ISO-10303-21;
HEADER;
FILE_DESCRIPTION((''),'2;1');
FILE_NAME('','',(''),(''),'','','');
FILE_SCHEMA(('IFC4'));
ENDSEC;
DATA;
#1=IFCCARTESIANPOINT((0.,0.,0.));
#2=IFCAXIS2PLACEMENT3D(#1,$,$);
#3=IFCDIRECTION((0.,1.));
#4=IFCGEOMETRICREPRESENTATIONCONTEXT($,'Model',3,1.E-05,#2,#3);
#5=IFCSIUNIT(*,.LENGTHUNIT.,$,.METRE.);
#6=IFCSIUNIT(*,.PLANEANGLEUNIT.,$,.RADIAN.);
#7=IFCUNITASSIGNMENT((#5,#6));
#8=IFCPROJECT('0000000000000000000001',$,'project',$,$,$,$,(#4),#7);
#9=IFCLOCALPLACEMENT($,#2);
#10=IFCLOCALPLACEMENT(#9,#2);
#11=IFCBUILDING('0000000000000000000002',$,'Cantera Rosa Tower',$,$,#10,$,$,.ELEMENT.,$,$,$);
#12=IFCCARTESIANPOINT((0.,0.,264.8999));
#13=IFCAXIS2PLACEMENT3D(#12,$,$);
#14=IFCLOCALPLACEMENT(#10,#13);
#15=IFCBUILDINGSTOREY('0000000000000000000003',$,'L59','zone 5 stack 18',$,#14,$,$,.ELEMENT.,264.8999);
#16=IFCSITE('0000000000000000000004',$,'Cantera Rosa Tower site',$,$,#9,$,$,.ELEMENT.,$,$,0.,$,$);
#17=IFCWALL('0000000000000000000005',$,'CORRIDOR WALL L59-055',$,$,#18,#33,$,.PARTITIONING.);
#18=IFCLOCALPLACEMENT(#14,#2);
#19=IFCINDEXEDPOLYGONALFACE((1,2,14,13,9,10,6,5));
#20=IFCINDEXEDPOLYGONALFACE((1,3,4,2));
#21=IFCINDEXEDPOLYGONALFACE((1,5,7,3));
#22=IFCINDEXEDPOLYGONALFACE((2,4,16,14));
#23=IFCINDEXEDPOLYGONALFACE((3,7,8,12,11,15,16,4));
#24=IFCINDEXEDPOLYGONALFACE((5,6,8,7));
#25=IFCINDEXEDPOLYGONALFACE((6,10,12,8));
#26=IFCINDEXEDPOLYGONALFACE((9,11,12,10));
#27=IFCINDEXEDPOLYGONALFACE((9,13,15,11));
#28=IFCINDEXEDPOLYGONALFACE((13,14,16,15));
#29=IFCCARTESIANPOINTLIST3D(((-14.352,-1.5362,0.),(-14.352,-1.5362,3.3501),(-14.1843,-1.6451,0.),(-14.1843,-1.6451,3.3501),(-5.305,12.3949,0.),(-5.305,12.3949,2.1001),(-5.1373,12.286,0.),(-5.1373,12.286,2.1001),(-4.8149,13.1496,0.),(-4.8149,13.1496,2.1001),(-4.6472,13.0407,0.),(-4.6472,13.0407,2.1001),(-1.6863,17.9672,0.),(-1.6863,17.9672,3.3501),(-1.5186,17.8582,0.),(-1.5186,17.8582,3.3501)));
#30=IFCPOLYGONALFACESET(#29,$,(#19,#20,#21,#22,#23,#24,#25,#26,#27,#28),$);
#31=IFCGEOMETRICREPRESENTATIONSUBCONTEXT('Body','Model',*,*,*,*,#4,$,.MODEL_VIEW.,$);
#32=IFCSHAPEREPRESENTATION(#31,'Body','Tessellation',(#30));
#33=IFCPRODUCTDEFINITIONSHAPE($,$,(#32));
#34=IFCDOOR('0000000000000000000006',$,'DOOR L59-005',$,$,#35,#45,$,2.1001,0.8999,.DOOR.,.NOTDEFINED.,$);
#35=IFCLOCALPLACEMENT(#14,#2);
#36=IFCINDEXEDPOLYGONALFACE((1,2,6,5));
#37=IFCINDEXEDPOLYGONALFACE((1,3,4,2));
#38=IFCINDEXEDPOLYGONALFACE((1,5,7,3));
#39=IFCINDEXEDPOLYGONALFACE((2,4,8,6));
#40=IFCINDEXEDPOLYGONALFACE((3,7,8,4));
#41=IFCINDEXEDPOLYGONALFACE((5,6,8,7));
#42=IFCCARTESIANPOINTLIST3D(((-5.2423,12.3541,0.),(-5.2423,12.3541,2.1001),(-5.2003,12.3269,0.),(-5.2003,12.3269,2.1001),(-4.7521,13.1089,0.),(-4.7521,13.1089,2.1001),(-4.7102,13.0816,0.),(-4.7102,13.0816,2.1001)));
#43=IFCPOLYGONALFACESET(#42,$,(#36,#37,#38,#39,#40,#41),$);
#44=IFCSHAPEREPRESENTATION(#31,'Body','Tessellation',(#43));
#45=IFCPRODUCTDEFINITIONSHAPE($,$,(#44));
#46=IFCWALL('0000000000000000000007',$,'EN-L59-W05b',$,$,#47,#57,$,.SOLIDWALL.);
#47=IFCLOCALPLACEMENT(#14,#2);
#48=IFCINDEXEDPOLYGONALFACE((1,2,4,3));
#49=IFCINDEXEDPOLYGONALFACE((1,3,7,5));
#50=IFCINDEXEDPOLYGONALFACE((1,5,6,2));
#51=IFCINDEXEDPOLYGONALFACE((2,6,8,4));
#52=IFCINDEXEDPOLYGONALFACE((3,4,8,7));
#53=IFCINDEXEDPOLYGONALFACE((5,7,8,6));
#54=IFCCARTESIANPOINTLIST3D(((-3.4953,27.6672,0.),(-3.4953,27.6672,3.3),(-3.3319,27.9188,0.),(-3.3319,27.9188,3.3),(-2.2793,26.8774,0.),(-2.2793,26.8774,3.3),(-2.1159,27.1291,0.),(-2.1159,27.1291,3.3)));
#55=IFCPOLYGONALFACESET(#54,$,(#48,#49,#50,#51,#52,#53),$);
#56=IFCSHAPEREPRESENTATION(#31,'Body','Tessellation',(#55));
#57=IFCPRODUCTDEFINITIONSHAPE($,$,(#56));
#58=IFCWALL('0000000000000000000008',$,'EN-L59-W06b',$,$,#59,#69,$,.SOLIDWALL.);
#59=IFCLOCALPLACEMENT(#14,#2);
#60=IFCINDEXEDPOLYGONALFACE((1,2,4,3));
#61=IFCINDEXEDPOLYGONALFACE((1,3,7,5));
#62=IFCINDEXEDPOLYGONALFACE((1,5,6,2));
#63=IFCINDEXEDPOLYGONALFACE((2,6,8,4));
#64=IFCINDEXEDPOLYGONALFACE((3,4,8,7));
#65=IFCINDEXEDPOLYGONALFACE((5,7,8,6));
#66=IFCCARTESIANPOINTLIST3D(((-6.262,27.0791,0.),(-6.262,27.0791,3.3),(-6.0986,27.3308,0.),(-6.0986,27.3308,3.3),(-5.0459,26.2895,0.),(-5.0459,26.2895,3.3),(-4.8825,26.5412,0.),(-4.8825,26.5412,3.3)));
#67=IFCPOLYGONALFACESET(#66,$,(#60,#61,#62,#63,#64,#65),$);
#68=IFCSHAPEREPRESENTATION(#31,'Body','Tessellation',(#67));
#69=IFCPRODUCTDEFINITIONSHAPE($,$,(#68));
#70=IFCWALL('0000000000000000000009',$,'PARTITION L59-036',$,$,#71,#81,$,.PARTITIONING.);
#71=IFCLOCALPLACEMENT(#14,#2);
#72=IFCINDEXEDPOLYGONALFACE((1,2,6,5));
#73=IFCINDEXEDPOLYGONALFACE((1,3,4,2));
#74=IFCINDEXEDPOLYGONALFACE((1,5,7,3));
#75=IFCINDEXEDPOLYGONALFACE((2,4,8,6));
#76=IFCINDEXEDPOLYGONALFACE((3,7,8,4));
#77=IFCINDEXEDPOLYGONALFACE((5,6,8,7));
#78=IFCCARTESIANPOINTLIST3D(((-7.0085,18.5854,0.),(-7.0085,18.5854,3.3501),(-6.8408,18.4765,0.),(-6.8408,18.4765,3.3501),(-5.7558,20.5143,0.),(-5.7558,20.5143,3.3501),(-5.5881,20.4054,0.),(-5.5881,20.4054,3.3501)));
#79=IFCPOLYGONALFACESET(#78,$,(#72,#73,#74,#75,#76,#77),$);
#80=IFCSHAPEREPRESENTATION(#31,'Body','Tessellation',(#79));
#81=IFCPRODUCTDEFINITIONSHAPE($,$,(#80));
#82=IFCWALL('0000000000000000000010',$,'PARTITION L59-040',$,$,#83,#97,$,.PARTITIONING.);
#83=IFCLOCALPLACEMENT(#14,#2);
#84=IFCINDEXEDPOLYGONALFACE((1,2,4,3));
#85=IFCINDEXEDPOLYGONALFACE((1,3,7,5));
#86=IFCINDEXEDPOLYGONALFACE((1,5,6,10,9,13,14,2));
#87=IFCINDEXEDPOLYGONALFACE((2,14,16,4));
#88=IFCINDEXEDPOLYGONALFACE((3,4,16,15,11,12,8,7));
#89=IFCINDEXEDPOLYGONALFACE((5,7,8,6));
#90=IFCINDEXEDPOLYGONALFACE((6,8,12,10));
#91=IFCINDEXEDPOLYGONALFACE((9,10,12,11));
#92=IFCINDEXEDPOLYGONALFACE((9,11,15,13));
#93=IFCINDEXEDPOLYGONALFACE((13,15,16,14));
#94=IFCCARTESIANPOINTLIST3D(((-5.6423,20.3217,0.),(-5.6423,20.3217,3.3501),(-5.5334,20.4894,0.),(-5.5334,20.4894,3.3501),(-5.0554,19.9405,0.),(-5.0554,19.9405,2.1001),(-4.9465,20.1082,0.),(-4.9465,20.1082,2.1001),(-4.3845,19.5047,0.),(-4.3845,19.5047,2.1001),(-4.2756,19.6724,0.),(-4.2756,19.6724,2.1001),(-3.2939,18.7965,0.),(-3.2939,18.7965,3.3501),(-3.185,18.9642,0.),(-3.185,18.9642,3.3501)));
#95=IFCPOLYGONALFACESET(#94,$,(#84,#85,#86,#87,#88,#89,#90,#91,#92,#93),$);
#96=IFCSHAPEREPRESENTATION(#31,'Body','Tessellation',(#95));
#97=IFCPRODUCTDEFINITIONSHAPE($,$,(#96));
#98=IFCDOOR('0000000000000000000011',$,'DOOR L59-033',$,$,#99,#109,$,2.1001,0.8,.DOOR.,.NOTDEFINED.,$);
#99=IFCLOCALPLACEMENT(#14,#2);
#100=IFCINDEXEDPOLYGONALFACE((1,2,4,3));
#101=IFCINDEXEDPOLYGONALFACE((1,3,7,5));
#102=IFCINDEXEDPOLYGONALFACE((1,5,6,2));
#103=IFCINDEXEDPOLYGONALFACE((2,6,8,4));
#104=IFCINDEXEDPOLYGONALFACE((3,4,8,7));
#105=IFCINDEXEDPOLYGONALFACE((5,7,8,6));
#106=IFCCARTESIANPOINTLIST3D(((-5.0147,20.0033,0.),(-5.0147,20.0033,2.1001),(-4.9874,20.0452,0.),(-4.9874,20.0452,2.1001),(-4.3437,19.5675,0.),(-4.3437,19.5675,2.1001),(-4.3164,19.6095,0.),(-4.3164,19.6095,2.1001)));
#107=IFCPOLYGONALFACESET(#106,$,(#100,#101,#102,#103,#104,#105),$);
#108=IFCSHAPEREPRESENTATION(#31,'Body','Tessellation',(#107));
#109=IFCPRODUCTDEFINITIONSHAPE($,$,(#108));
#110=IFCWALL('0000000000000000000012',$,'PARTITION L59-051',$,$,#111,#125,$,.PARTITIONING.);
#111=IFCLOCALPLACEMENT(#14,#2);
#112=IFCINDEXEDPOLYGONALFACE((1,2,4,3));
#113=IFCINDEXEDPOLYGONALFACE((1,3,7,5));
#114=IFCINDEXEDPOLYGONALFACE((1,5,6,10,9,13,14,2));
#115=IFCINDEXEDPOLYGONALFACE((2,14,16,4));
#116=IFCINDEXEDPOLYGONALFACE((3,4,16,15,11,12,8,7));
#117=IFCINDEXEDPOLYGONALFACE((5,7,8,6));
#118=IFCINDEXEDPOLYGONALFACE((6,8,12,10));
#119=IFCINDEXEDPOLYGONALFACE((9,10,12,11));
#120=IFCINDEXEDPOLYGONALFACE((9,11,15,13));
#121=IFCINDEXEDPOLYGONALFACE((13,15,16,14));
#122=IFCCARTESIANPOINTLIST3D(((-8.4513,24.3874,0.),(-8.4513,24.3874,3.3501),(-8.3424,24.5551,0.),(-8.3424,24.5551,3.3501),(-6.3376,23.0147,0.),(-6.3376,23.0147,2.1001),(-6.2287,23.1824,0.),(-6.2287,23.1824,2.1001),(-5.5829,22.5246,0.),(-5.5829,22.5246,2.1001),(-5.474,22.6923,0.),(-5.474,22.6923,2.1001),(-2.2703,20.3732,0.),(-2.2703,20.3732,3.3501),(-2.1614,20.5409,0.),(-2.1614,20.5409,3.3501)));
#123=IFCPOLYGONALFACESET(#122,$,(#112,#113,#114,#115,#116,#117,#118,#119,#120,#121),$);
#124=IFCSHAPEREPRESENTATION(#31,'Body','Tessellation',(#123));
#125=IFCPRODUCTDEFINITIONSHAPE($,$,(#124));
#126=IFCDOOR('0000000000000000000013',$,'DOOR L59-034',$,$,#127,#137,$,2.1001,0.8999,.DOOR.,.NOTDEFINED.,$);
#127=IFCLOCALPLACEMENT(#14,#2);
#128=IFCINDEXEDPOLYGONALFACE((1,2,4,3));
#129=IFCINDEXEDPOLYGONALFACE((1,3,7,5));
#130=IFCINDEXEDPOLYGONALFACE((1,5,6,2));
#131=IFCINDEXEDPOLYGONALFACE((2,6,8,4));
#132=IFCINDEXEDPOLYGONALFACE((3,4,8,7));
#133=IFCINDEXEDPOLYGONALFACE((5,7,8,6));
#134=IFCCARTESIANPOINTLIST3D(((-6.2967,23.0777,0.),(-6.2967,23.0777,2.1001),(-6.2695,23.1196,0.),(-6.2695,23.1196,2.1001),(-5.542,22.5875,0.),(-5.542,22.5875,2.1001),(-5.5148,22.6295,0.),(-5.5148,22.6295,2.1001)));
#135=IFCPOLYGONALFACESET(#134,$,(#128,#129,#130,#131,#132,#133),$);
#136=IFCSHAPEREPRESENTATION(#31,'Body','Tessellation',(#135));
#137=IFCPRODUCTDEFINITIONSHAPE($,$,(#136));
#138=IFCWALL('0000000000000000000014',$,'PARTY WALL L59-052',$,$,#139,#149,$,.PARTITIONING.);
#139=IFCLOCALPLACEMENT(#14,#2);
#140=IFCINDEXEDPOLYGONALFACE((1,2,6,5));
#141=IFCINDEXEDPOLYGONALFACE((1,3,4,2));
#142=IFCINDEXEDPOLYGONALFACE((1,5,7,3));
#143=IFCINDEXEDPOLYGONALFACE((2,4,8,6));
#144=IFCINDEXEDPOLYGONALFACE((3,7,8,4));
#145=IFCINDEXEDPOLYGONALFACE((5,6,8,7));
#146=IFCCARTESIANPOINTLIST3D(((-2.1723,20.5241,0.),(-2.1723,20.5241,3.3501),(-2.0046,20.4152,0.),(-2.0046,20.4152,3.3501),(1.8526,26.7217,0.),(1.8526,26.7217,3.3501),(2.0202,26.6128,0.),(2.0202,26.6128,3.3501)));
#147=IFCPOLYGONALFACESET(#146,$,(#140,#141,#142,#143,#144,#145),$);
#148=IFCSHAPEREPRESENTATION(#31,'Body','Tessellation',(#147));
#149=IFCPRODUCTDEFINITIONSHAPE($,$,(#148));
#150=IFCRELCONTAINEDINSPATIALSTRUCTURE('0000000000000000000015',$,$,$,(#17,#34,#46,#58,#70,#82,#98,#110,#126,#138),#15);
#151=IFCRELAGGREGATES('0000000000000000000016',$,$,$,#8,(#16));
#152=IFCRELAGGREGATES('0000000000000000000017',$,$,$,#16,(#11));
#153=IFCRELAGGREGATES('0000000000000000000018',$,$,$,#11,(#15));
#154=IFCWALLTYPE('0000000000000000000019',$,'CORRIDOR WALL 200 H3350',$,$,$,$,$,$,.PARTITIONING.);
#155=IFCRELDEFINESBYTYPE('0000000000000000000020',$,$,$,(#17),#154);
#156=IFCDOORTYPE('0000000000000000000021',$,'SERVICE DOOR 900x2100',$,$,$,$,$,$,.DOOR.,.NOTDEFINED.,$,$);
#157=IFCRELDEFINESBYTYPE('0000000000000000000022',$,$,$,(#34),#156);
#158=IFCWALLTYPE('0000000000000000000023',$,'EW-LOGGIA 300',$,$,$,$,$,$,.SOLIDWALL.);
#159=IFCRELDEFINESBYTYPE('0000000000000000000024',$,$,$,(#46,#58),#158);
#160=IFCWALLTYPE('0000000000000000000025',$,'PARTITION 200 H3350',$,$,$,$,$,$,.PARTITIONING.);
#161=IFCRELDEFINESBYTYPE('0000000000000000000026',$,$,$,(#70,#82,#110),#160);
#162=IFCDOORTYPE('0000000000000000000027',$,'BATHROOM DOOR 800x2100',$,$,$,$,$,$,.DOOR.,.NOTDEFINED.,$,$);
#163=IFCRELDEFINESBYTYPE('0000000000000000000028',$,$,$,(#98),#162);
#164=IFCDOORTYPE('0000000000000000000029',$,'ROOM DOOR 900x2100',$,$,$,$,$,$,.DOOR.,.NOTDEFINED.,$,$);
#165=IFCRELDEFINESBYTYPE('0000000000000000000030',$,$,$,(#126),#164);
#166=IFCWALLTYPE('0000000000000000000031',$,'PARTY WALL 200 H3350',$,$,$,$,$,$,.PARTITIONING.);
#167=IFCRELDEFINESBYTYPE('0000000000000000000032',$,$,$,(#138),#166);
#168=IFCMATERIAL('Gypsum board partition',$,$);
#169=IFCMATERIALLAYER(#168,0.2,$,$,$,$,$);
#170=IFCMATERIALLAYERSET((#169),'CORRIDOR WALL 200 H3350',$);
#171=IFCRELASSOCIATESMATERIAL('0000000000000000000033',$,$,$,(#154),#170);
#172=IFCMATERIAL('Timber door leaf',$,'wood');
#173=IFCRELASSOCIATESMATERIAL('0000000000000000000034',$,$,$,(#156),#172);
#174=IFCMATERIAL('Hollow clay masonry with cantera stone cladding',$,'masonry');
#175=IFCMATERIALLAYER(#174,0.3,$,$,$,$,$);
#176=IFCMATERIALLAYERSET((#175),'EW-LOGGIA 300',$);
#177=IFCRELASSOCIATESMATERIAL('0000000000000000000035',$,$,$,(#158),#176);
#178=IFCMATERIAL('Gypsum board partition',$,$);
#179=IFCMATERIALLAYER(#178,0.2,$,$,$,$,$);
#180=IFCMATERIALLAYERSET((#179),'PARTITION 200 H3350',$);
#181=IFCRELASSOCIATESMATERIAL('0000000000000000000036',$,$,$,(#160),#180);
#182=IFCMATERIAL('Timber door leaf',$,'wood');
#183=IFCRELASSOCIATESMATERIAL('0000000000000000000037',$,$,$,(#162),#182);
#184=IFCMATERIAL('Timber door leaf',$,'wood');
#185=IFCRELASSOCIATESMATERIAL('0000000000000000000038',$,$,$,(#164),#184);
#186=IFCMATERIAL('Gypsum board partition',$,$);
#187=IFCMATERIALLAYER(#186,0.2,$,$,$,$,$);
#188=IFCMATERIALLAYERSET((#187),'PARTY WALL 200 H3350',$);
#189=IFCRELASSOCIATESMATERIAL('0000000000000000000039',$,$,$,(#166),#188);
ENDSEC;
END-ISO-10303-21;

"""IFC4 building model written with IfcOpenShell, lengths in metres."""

from ifc_helpers import new_model, si_unit, direction, frame, frame_2d, origin, place, context, subcontext, project, spatial, rectangle, extrude, material, layer, layer_set, type_object, element, fill, save


model = new_model("IFC4")

# Units and contexts
model_context = context("Model", 3, precision=1e-05, world=origin(), true_north=direction((0.0, 1.0)))
body_context = subcontext(model_context, "Body", "Model", "MODEL_VIEW")
ifc_project = project(units=[si_unit("LENGTHUNIT", "METRE"), si_unit("PLANEANGLEUNIT", "RADIAN")], contexts=[model_context])

# Site, building, storey
site_placement = place(None, origin())
site = spatial("IfcSite", under=ifc_project, at=site_placement, Name="Cantera Rosa Tower site", CompositionType="ELEMENT", RefElevation=0.0)
building_placement = place(site_placement, origin())
building = spatial("IfcBuilding", under=site, at=building_placement, Name="Cantera Rosa Tower", CompositionType="ELEMENT")
storey_placement = place(building_placement, frame((0.0, 0.0, 264.8999)))
storey = spatial("IfcBuildingStorey", under=building, at=storey_placement, Name="L59", Description="zone 5 stack 18", CompositionType="ELEMENT", Elevation=264.8999)

# Shared definitions
ifc_material_1 = material(Name="Gypsum board partition")
ifc_layer_1 = layer(ifc_material_1, 0.2)
ifc_layer_set_1 = layer_set([ifc_layer_1], Name="CORRIDOR WALL 200 H3350")
wall_type_1 = type_object("IfcWallType", Name="CORRIDOR WALL 200 H3350", PredefinedType="PARTITIONING", material=ifc_layer_set_1)

# Wall, opening, door
wall_1_placement = place(storey_placement, frame((-1.6025, 17.9126, 0.0), z_axis=(0.0, 0.0, 1.0), x_axis=(-0.544642, -0.838669, 0.0)))
wall_1 = element("IfcWall", 1, at=wall_1_placement, inside=storey, type_object=wall_type_1, Name="CORRIDOR WALL L59-055", PredefinedType="PARTITIONING", context=body_context, shape_type="SweptSolid", body=[
    extrude(rectangle(XDim=23.2551, YDim=0.2, at=frame_2d((11.6274, 0.0))), origin(), (0.0, 0.0, 1.0), 3.3501),
])
opening_1_placement = place(wall_1_placement, frame((5.7441, 0.0, 0.0)))
opening_1 = element("IfcOpeningElement", 2, at=opening_1_placement, cuts=wall_1, PredefinedType="OPENING", context=body_context, shape_type="SweptSolid", body=[
    extrude(rectangle(XDim=0.8999, YDim=2.1001, at=frame_2d((0.45, 1.05))), frame((0.0, 0.1099, 0.0), z_axis=(0.0, -1.0, 0.0), x_axis=(1.0, 0.0, 0.0)), (0.0, 0.0, 1.0), 0.22),
])
ifc_material_2 = material(Name="Timber door leaf", Category="wood")
door_type_1 = type_object("IfcDoorType", Name="SERVICE DOOR 900x2100", OperationType="NOTDEFINED", PredefinedType="DOOR", material=ifc_material_2)
door_1_placement = place(opening_1_placement, origin())
door_1 = element("IfcDoor", 3, at=door_1_placement, inside=storey, type_object=door_type_1, Name="DOOR L59-005", OperationType="NOTDEFINED", OverallHeight=2.1001, OverallWidth=0.8999, PredefinedType="DOOR", context=body_context, shape_type="SweptSolid", body=[
    extrude(rectangle(XDim=0.8999, YDim=2.1001, at=frame_2d((0.45, 1.05))), frame((0.0, 0.0249, 0.0), z_axis=(0.0, -1.0, 0.0), x_axis=(1.0, 0.0, 0.0)), (0.0, 0.0, 1.0), 0.05),
])
fill(opening_1, door_1)

# Walls
ifc_material_3 = material(Name="Hollow clay masonry with cantera stone cladding", Category="masonry")
ifc_layer_2 = layer(ifc_material_3, 0.3)
ifc_layer_set_2 = layer_set([ifc_layer_2], Name="EW-LOGGIA 300")
wall_type_2 = type_object("IfcWallType", Name="EW-LOGGIA 300", PredefinedType="SOLIDWALL", material=ifc_layer_set_2)
for number, where, z_axis, x_axis, name in (
    (4, (-2.1975, 27.0032, 0.0), (0.0, 0.0, 1.0), (-0.838647, 0.544675, 0.0), "EN-L59-W05b"),
    (5, (-4.9641, 26.4153, 0.0), (0.0, 0.0, 1.0), (-0.838724, 0.544556, 0.0), "EN-L59-W06b"),
):
    element("IfcWall", number, at=place(storey_placement, frame(where, z_axis=z_axis, x_axis=x_axis)), inside=storey, type_object=wall_type_2, Name=name, PredefinedType="SOLIDWALL", context=body_context, shape_type="SweptSolid", body=[
        extrude(rectangle(XDim=1.45, YDim=0.3, at=frame_2d((0.7251, 0.0))), origin(), (0.0, 0.0, 1.0), 3.3),
    ])
ifc_material_4 = material(Name="Gypsum board partition")
ifc_layer_3 = layer(ifc_material_4, 0.2)
ifc_layer_set_3 = layer_set([ifc_layer_3], Name="PARTITION 200 H3350")
wall_type_3 = type_object("IfcWallType", Name="PARTITION 200 H3350", PredefinedType="PARTITIONING", material=ifc_layer_set_3)
wall_2_placement = place(storey_placement, frame((-6.9246, 18.531, 0.0), z_axis=(0.0, 0.0, 1.0), x_axis=(0.544641, 0.838669, 0.0)))
element("IfcWall", 6, at=wall_2_placement, inside=storey, type_object=wall_type_3, Name="PARTITION L59-036", PredefinedType="PARTITIONING", context=body_context, shape_type="SweptSolid", body=[
    extrude(rectangle(XDim=2.3, YDim=0.2, at=frame_2d((1.1499, 0.0))), origin(), (0.0, 0.0, 1.0), 3.3501),
])

# Walls, openings, doors
wall_3_placement = place(storey_placement, frame((-5.5879, 20.4055, 0.0), z_axis=(0.0, 0.0, 1.0), x_axis=(0.838657, -0.54466, 0.0)))
wall_3 = element("IfcWall", 7, at=wall_3_placement, inside=storey, type_object=wall_type_3, Name="PARTITION L59-040", PredefinedType="PARTITIONING", context=body_context, shape_type="SweptSolid", body=[
    extrude(rectangle(XDim=2.8003, YDim=0.2, at=frame_2d((1.4001, 0.0))), origin(), (0.0, 0.0, 1.0), 3.3501),
])
opening_2_placement = place(wall_3_placement, frame((0.7, 0.0, 0.0)))
opening_2 = element("IfcOpeningElement", 8, at=opening_2_placement, cuts=wall_3, PredefinedType="OPENING", context=body_context, shape_type="SweptSolid", body=[
    extrude(rectangle(XDim=0.8, YDim=2.1001, at=frame_2d((0.3999, 1.05))), frame((0.0, 0.1099, 0.0), z_axis=(0.0, -1.0, 0.0), x_axis=(1.0, 0.0, 0.0)), (0.0, 0.0, 1.0), 0.22),
])
ifc_material_5 = material(Name="Timber door leaf", Category="wood")
door_type_2 = type_object("IfcDoorType", Name="BATHROOM DOOR 800x2100", OperationType="NOTDEFINED", PredefinedType="DOOR", material=ifc_material_5)
door_2_placement = place(opening_2_placement, origin())
door_2 = element("IfcDoor", 9, at=door_2_placement, inside=storey, type_object=door_type_2, Name="DOOR L59-033", OperationType="NOTDEFINED", OverallHeight=2.1001, OverallWidth=0.8, PredefinedType="DOOR", context=body_context, shape_type="SweptSolid", body=[
    extrude(rectangle(XDim=0.8, YDim=2.1001, at=frame_2d((0.3999, 1.05))), frame((0.0, 0.0249, 0.0), z_axis=(0.0, -1.0, 0.0), x_axis=(1.0, 0.0, 0.0)), (0.0, 0.0, 1.0), 0.05),
])
fill(opening_2, door_2)
wall_4_placement = place(storey_placement, frame((-2.2158, 20.457, 0.0), z_axis=(0.0, 0.0, 1.0), x_axis=(-0.838656, 0.544661, 0.0)))
wall_4 = element("IfcWall", 10, at=wall_4_placement, inside=storey, type_object=wall_type_3, Name="PARTITION L59-051", PredefinedType="PARTITIONING", context=body_context, shape_type="SweptSolid", body=[
    extrude(rectangle(XDim=7.3701, YDim=0.2, at=frame_2d((3.6851, 0.0))), origin(), (0.0, 0.0, 1.0), 3.3501),
])
opening_3_placement = place(wall_4_placement, frame((3.95, 0.0, 0.0)))
opening_3 = element("IfcOpeningElement", 11, at=opening_3_placement, cuts=wall_4, PredefinedType="OPENING", context=body_context, shape_type="SweptSolid", body=[
    extrude(rectangle(XDim=0.8999, YDim=2.1001, at=frame_2d((0.45, 1.05))), frame((0.0, 0.1099, 0.0), z_axis=(0.0, -1.0, 0.0), x_axis=(1.0, 0.0, 0.0)), (0.0, 0.0, 1.0), 0.22),
])
ifc_material_6 = material(Name="Timber door leaf", Category="wood")
door_type_3 = type_object("IfcDoorType", Name="ROOM DOOR 900x2100", OperationType="NOTDEFINED", PredefinedType="DOOR", material=ifc_material_6)
door_3_placement = place(opening_3_placement, origin())
door_3 = element("IfcDoor", 12, at=door_3_placement, inside=storey, type_object=door_type_3, Name="DOOR L59-034", OperationType="NOTDEFINED", OverallHeight=2.1001, OverallWidth=0.8999, PredefinedType="DOOR", context=body_context, shape_type="SweptSolid", body=[
    extrude(rectangle(XDim=0.8999, YDim=2.1001, at=frame_2d((0.45, 1.05))), frame((0.0, 0.0249, 0.0), z_axis=(0.0, -1.0, 0.0), x_axis=(1.0, 0.0, 0.0)), (0.0, 0.0, 1.0), 0.05),
])
fill(opening_3, door_3)

# Wall
ifc_material_7 = material(Name="Gypsum board partition")
ifc_layer_4 = layer(ifc_material_7, 0.2)
ifc_layer_set_4 = layer_set([ifc_layer_4], Name="PARTY WALL 200 H3350")
wall_type_4 = type_object("IfcWallType", Name="PARTY WALL 200 H3350", PredefinedType="PARTITIONING", material=ifc_layer_set_4)
wall_5_placement = place(storey_placement, frame((-2.0884, 20.4697, 0.0), z_axis=(0.0, 0.0, 1.0), x_axis=(0.544642, 0.838668, 0.0)))
element("IfcWall", 13, at=wall_5_placement, inside=storey, type_object=wall_type_4, Name="PARTY WALL L59-052", PredefinedType="PARTITIONING", context=body_context, shape_type="SweptSolid", body=[
    extrude(rectangle(XDim=7.3899, YDim=0.2, at=frame_2d((3.6948, 0.0))), origin(), (0.0, 0.0, 1.0), 3.3501),
])

save(model, "model.ifc")
